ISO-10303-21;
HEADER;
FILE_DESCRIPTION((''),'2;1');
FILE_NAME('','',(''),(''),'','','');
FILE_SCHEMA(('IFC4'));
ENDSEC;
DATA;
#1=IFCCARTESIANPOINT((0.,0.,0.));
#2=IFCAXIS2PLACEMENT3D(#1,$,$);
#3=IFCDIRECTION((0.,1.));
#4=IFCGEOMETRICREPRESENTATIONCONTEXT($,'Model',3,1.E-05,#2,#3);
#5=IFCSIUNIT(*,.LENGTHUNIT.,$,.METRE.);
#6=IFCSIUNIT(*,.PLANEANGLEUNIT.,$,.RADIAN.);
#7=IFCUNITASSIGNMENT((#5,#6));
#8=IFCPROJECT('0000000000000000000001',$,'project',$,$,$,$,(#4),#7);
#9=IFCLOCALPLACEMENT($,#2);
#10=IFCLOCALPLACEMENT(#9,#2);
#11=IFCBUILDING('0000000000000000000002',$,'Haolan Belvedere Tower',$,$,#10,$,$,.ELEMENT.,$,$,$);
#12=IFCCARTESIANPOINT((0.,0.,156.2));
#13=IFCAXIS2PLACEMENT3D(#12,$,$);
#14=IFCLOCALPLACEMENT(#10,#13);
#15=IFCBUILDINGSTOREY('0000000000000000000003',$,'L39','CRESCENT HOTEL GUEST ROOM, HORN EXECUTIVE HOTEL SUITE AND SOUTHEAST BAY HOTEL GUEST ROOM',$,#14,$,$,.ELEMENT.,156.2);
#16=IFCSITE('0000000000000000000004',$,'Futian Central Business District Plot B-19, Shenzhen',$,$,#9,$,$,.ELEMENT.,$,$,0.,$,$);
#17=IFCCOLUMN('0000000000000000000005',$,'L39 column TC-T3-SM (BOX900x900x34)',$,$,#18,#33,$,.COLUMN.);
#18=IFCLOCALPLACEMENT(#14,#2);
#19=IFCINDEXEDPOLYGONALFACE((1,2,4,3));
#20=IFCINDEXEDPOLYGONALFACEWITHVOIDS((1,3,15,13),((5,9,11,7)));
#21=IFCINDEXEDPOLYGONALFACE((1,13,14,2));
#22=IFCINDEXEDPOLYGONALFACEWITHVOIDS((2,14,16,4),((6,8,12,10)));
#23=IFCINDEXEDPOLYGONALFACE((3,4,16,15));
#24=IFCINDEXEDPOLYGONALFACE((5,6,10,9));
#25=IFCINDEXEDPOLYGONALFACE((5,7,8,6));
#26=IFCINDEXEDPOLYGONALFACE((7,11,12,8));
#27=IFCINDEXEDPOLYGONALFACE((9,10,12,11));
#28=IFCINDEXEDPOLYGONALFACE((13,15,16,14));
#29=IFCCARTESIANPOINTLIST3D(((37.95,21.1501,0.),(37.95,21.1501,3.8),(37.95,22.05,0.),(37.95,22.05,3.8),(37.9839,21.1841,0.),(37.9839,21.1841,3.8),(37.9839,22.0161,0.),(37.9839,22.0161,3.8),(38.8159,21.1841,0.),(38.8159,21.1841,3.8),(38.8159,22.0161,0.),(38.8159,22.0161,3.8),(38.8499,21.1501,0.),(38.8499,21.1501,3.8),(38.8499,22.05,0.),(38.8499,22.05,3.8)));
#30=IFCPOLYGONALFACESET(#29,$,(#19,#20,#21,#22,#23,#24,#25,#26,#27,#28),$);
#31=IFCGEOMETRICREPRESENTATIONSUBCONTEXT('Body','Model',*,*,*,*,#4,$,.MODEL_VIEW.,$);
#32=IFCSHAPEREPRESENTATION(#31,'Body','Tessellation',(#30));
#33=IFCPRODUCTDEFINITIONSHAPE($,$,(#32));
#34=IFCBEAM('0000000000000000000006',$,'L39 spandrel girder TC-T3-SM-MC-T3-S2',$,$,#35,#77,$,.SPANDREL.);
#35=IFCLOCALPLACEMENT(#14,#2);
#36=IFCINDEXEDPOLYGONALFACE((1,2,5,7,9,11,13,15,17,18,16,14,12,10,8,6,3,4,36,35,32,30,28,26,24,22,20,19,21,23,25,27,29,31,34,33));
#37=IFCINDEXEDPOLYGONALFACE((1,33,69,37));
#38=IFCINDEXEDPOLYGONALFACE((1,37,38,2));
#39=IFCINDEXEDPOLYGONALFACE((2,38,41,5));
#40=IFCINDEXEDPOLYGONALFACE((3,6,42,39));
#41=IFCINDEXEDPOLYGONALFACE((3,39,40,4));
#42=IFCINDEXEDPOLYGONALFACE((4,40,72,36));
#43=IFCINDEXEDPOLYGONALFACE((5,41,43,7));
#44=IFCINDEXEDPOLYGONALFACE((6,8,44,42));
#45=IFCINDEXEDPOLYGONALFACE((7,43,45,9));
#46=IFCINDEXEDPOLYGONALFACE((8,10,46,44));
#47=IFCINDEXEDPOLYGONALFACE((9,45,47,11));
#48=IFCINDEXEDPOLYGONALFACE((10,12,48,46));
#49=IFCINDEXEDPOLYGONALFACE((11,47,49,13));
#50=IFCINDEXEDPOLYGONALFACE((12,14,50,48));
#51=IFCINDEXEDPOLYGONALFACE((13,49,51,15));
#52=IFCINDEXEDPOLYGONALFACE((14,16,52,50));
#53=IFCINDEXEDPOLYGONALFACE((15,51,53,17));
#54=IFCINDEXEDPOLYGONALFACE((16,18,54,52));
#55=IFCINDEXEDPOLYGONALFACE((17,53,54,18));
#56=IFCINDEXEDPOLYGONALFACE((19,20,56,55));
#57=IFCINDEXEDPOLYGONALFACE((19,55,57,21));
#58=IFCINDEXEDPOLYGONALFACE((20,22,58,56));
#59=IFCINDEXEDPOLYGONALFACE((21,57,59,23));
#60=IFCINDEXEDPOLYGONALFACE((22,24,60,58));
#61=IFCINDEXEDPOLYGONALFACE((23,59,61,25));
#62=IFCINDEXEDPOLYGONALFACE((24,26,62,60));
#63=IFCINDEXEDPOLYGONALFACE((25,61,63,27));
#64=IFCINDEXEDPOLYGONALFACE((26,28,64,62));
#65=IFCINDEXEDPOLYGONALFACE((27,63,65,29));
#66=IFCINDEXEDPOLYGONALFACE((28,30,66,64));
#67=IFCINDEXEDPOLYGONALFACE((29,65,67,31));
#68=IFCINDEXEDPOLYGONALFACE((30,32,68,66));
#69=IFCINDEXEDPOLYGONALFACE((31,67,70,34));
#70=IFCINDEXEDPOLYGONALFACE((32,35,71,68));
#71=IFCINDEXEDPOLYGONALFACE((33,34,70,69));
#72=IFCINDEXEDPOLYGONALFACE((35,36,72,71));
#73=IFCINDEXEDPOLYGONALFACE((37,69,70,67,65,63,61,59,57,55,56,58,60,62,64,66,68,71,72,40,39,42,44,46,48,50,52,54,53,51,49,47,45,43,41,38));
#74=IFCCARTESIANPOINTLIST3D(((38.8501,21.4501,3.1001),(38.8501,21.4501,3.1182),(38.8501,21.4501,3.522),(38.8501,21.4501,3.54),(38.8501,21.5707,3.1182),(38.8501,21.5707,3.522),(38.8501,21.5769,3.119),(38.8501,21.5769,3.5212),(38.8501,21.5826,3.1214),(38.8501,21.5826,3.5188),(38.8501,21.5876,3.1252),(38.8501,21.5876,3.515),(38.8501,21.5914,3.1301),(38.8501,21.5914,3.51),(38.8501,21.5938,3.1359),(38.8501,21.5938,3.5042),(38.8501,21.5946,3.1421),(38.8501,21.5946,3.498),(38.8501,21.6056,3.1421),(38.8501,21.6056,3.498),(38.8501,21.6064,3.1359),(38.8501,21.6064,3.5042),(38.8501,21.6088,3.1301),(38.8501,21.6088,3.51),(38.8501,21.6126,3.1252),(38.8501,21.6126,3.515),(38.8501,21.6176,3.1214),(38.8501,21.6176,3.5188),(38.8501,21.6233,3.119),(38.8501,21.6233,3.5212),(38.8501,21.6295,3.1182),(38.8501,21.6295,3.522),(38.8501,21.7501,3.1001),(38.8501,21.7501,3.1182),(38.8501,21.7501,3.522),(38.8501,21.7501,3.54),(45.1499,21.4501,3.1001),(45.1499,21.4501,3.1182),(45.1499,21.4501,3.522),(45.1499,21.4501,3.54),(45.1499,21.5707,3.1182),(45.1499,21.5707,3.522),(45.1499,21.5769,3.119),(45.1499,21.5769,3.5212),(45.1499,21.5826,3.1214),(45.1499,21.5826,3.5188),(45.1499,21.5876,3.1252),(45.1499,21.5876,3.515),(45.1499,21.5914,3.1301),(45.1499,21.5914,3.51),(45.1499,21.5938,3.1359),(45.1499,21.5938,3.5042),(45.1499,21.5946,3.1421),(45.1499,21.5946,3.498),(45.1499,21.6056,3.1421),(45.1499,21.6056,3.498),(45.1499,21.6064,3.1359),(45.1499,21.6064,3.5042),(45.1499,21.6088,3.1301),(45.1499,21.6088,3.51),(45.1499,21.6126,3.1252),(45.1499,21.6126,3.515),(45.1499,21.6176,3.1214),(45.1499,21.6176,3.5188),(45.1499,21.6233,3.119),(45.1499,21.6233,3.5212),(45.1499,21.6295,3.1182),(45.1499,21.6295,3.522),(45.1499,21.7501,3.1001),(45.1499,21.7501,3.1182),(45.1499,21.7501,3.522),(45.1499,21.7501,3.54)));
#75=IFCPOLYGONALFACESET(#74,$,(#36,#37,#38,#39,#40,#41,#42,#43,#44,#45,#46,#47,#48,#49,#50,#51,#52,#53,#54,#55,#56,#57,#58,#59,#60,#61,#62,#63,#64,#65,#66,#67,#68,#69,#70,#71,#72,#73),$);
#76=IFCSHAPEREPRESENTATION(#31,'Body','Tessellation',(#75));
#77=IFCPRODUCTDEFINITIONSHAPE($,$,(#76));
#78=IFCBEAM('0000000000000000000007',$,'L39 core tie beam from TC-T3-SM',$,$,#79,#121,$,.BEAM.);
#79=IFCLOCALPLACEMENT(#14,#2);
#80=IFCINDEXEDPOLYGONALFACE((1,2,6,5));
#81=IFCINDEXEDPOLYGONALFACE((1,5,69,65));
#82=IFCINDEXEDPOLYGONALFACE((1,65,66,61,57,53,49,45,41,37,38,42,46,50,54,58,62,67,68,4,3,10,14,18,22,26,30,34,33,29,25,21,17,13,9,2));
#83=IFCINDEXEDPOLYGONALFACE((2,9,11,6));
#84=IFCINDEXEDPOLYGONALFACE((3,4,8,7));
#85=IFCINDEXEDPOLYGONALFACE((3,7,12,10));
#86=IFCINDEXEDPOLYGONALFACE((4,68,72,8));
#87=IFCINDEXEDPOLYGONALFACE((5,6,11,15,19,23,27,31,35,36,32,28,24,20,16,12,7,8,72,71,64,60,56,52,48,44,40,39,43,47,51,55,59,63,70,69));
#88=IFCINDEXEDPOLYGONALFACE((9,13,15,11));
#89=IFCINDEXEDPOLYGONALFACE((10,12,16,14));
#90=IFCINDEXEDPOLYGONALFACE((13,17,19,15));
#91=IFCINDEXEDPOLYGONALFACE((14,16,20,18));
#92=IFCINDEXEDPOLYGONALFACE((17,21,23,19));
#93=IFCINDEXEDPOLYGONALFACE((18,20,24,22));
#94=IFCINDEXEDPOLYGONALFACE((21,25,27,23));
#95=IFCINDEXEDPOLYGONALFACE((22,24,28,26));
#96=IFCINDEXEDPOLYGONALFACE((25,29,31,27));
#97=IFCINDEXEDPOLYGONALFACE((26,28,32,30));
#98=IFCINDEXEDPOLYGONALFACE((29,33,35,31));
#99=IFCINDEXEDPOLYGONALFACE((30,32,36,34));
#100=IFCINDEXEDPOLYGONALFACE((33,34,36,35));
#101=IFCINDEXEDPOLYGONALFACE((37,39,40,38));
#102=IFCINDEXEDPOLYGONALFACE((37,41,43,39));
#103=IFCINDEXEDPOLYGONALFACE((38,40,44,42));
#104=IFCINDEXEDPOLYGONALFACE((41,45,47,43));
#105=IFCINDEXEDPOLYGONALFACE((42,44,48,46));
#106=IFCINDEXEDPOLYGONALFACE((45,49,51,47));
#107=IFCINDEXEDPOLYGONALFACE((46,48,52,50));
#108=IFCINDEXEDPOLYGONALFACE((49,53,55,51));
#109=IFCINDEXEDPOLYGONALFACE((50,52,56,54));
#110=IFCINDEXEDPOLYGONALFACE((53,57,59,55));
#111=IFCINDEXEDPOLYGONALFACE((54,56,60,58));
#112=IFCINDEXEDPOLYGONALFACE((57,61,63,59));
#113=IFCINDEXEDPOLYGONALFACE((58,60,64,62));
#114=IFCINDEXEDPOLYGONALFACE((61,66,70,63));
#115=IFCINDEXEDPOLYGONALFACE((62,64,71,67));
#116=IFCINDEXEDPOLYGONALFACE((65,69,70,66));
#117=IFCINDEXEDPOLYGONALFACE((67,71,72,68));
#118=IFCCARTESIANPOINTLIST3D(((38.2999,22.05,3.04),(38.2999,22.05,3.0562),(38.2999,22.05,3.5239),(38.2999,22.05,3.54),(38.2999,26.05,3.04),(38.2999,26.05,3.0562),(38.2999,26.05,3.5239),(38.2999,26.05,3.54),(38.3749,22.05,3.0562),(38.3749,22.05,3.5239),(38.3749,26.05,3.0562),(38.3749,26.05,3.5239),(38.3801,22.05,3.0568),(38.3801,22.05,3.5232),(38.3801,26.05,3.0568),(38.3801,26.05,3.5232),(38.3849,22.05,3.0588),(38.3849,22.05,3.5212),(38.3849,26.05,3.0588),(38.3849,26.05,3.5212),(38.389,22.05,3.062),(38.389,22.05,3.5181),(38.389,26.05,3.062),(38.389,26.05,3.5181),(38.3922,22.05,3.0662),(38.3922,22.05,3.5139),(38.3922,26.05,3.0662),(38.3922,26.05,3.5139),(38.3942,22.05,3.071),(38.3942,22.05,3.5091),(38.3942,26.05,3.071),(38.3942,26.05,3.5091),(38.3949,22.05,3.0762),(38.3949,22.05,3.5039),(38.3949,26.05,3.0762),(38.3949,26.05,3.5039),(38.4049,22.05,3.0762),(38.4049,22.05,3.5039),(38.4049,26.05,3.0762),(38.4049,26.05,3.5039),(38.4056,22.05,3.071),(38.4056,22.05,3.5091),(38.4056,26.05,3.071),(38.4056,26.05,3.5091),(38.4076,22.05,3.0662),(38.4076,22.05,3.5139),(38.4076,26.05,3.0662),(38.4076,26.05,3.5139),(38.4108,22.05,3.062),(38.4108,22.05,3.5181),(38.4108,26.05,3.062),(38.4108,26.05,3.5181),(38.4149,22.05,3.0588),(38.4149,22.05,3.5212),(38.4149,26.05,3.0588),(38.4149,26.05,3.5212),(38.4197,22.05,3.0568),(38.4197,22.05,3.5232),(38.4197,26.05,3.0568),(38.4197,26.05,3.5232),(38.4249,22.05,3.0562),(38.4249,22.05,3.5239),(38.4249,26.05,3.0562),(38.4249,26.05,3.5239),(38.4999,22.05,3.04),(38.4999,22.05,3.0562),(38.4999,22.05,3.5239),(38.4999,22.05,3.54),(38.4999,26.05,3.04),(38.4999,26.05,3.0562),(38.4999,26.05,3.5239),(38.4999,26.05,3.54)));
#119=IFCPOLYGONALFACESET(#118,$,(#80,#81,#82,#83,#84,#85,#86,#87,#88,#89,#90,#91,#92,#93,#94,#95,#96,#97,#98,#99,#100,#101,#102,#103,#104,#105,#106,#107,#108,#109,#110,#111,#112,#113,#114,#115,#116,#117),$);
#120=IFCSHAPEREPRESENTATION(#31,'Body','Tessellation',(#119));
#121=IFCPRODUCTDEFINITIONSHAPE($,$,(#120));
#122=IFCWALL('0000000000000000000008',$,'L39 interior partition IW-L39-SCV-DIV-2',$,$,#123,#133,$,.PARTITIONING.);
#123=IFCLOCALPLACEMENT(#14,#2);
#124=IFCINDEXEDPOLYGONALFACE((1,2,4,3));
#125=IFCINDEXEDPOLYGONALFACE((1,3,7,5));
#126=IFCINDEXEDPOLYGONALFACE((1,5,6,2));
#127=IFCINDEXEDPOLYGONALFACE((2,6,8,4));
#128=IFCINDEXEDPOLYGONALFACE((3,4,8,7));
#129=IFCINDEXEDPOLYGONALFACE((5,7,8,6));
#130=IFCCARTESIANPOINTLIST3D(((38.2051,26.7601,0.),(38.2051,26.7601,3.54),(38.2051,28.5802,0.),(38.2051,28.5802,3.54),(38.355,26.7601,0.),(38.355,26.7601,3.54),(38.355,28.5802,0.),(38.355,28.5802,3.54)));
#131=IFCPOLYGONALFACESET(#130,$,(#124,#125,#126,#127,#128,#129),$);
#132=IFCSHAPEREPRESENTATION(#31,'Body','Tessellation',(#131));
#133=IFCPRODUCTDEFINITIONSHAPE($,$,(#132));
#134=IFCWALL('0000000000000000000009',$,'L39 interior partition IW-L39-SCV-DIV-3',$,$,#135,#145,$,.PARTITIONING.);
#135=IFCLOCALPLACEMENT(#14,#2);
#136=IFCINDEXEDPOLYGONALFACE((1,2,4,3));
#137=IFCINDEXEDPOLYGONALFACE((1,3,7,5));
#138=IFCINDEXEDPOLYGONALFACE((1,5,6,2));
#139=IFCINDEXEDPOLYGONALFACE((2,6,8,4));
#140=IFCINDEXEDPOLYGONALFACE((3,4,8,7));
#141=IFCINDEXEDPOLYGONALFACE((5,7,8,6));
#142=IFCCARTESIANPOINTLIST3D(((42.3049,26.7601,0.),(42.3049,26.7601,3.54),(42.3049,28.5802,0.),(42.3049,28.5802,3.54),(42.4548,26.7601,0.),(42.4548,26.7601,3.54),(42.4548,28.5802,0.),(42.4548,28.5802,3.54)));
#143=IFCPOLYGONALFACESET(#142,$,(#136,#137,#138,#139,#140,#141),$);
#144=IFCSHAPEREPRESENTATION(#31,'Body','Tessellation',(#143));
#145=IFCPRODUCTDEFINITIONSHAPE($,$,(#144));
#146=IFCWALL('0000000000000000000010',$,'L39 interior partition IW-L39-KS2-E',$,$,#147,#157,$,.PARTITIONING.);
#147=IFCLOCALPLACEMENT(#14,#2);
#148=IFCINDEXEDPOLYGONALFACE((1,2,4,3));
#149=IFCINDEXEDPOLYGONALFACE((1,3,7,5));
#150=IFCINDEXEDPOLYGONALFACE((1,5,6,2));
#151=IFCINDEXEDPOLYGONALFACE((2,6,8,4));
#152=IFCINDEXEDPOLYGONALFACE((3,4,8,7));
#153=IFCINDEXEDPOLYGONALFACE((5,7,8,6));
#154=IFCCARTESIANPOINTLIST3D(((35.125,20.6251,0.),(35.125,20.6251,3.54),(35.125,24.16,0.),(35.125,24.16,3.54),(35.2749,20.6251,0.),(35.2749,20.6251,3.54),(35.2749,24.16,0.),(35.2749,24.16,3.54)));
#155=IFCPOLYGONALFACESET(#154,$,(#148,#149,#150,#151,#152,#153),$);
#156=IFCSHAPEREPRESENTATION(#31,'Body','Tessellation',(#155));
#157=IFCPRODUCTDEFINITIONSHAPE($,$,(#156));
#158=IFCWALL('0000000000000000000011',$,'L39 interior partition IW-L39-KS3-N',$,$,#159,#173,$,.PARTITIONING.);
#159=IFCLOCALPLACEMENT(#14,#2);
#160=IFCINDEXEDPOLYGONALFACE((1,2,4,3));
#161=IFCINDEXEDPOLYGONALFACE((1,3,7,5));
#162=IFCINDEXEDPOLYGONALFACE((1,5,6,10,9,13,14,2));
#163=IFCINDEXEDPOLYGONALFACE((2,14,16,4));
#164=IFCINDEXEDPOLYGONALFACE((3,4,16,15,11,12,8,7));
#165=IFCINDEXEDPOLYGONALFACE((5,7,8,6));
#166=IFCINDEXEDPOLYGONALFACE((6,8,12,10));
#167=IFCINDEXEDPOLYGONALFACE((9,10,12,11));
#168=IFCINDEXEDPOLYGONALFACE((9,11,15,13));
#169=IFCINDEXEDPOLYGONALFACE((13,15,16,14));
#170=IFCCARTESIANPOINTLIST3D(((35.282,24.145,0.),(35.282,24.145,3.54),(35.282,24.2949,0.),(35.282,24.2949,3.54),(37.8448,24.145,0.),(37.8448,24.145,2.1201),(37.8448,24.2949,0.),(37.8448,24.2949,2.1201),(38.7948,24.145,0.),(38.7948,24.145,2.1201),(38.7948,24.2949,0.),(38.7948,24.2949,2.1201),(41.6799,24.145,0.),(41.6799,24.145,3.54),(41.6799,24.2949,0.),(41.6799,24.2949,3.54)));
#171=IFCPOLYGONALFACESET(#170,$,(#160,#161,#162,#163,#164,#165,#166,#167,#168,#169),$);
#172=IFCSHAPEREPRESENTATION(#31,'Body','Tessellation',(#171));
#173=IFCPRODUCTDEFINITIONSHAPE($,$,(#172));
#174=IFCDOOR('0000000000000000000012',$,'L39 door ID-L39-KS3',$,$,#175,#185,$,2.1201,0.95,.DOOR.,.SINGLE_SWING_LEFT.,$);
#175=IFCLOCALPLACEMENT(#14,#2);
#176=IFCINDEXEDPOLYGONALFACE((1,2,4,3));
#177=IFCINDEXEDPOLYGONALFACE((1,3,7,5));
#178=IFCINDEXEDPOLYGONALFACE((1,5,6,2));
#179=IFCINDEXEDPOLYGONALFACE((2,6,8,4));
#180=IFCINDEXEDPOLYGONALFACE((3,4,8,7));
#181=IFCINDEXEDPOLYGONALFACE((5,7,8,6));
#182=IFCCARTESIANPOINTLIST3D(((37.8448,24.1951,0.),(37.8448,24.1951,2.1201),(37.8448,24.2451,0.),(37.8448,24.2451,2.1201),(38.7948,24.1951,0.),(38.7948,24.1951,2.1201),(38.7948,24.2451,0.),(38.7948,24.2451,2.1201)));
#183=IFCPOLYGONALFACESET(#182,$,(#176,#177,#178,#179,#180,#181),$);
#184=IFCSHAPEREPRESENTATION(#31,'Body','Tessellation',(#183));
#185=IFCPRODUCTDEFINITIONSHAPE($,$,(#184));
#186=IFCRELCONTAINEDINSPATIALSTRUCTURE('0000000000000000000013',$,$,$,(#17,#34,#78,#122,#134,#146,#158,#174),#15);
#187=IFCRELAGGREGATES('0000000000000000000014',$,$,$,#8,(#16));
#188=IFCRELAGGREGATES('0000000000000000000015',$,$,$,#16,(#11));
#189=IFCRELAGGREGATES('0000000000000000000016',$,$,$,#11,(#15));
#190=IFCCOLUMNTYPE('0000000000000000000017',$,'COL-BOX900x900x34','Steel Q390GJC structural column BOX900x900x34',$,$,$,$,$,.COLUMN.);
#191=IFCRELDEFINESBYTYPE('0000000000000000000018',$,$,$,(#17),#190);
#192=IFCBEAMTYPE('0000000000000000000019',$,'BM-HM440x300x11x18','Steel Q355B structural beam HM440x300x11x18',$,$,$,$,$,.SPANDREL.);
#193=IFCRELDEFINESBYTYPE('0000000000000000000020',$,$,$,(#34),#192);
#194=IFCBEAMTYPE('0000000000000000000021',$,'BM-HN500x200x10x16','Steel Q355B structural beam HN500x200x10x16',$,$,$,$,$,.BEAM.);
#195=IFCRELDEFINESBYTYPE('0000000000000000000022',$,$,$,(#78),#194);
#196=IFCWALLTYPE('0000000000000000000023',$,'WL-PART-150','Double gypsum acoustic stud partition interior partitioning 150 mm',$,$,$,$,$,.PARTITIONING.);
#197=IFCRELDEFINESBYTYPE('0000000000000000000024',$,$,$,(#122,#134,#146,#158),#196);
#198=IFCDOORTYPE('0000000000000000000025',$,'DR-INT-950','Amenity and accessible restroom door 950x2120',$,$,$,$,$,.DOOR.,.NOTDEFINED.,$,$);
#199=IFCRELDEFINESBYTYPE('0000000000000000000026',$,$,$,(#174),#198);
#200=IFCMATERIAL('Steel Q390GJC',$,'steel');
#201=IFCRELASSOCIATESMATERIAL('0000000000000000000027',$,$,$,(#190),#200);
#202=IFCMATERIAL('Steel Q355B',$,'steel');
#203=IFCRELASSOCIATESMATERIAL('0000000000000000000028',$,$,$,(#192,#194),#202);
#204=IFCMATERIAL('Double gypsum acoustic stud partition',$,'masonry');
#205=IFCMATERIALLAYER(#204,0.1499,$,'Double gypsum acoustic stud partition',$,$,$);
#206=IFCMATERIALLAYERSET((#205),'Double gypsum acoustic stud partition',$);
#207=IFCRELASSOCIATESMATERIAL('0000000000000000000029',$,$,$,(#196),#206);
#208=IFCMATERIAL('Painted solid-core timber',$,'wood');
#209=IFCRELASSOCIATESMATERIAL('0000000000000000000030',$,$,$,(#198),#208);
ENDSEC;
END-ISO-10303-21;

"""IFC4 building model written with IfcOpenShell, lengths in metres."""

from ifc_helpers import new_model, si_unit, direction, frame, frame_2d, origin, origin_2d, place, context, subcontext, project, spatial, rectangle, hollow_rectangle, i_section, extrude, material, layer, layer_set, material_profile, profile_set, type_object, element, fill, save


model = new_model("IFC4")

# Units and contexts
model_context = context("Model", 3, precision=1e-05, world=origin(), true_north=direction((0.0, 1.0)))
body_context = subcontext(model_context, "Body", "Model", "MODEL_VIEW")
ifc_project = project(units=[si_unit("LENGTHUNIT", "METRE"), si_unit("PLANEANGLEUNIT", "RADIAN")], contexts=[model_context])

# Site, building, storey
site_placement = place(None, origin())
site = spatial("IfcSite", under=ifc_project, at=site_placement, Name="Futian Central Business District Plot B-19, Shenzhen", CompositionType="ELEMENT", RefElevation=0.0)
building_placement = place(site_placement, origin())
building = spatial("IfcBuilding", under=site, at=building_placement, Name="Haolan Belvedere Tower", CompositionType="ELEMENT")
storey_placement = place(building_placement, frame((0.0, 0.0, 156.2)))
storey = spatial("IfcBuildingStorey", under=building, at=storey_placement, Name="L39", Description="CRESCENT HOTEL GUEST ROOM, HORN EXECUTIVE HOTEL SUITE AND SOUTHEAST BAY HOTEL GUEST ROOM", CompositionType="ELEMENT", Elevation=156.2)

# Column
ifc_material_1 = material(Name="Steel Q390GJC", Category="steel")
ifc_material_profile_1 = material_profile(ifc_material_1, hollow_rectangle(XDim=0.8999, YDim=0.8999, WallThickness=0.0339, at=origin_2d()), Name="Steel Q390GJC")
ifc_profile_set_1 = profile_set([ifc_material_profile_1], Name="Steel Q390GJC")
column_type = type_object("IfcColumnType", Name="COL-BOX900x900x34", Description="Steel Q390GJC structural column BOX900x900x34", PredefinedType="COLUMN", material=ifc_profile_set_1)
column_placement = place(storey_placement, frame((38.3999, 21.6001, 0.0), z_axis=(0.0, 0.0, 1.0), x_axis=(1.0, 0.0, 0.0)))
element("IfcColumn", 1, at=column_placement, inside=storey, type_object=column_type, Name="L39 column TC-T3-SM (BOX900x900x34)", PredefinedType="COLUMN", context=body_context, shape_type="SweptSolid", body=[
    extrude(hollow_rectangle(XDim=0.8999, YDim=0.8999, WallThickness=0.0339, at=origin_2d()), origin(), (0.0, 0.0, 1.0), 3.8),
])

# Beams
ifc_material_2 = material(Name="Steel Q355B", Category="steel")
ifc_material_profile_2 = material_profile(ifc_material_2, i_section(OverallWidth=0.3, OverallDepth=0.4399, WebThickness=0.011, FlangeThickness=0.0181, FilletRadius=0.0239, at=origin_2d()), Name="Steel Q355B")
ifc_profile_set_2 = profile_set([ifc_material_profile_2], Name="Steel Q355B")
beam_type_1 = type_object("IfcBeamType", Name="BM-HM440x300x11x18", Description="Steel Q355B structural beam HM440x300x11x18", PredefinedType="SPANDREL", material=ifc_profile_set_2)
beam_1_placement = place(storey_placement, frame((38.8501, 21.6001, 3.3201), z_axis=(1.0, 0.0, 0.0), x_axis=(0.0, 1.0, 0.0)))
element("IfcBeam", 2, at=beam_1_placement, inside=storey, type_object=beam_type_1, Name="L39 spandrel girder TC-T3-SM-MC-T3-S2", PredefinedType="SPANDREL", context=body_context, shape_type="SweptSolid", body=[
    extrude(i_section(OverallWidth=0.3, OverallDepth=0.4399, WebThickness=0.011, FlangeThickness=0.0181, FilletRadius=0.0239, at=origin_2d()), origin(), (0.0, 0.0, 1.0), 6.2998),
])
ifc_material_profile_3 = material_profile(ifc_material_2, i_section(OverallWidth=0.2, OverallDepth=0.5, WebThickness=0.01, FlangeThickness=0.0161, FilletRadius=0.02, at=origin_2d()), Name="Steel Q355B")
ifc_profile_set_3 = profile_set([ifc_material_profile_3], Name="Steel Q355B")
beam_type_2 = type_object("IfcBeamType", Name="BM-HN500x200x10x16", Description="Steel Q355B structural beam HN500x200x10x16", PredefinedType="BEAM", material=ifc_profile_set_3)
beam_2_placement = place(storey_placement, frame((38.3999, 22.05, 3.29), z_axis=(0.0, 1.0, 0.0), x_axis=(-1.0, 0.0, 0.0)))
element("IfcBeam", 3, at=beam_2_placement, inside=storey, type_object=beam_type_2, Name="L39 core tie beam from TC-T3-SM", PredefinedType="BEAM", context=body_context, shape_type="SweptSolid", body=[
    extrude(i_section(OverallWidth=0.2, OverallDepth=0.5, WebThickness=0.01, FlangeThickness=0.0161, FilletRadius=0.02, at=origin_2d()), origin(), (0.0, 0.0, 1.0), 4.0),
])

# Walls
ifc_material_3 = material(Name="Double gypsum acoustic stud partition", Category="masonry")
ifc_layer_1 = layer(ifc_material_3, 0.1499, Name="Double gypsum acoustic stud partition")
ifc_layer_set_1 = layer_set([ifc_layer_1], Name="Double gypsum acoustic stud partition")
wall_type_1 = type_object("IfcWallType", Name="WL-PART-150", Description="Double gypsum acoustic stud partition interior partitioning 150 mm", PredefinedType="PARTITIONING", material=ifc_layer_set_1)
for number, where, z_axis, x_axis, name in (
    (4, (38.28, 26.76, 0.0), (0.0, 0.0, 1.0), (0.0, 1.0, 0.0), "L39 interior partition IW-L39-SCV-DIV-2"),
    (5, (42.3799, 26.76, 0.0), (0.0, 0.0, 1.0), (0.0, 1.0, 0.0), "L39 interior partition IW-L39-SCV-DIV-3"),
):
    element("IfcWall", number, at=place(storey_placement, frame(where, z_axis=z_axis, x_axis=x_axis)), inside=storey, type_object=wall_type_1, Name=name, PredefinedType="PARTITIONING", context=body_context, shape_type="SweptSolid", body=[
        extrude(rectangle(XDim=1.8201, YDim=0.1499, at=frame_2d((0.9102, 0.0))), origin(), (0.0, 0.0, 1.0), 3.54),
    ])
wall_1_placement = place(storey_placement, frame((35.2, 20.625, 0.0), z_axis=(0.0, 0.0, 1.0), x_axis=(0.0, 1.0, 0.0)))
element("IfcWall", 6, at=wall_1_placement, inside=storey, type_object=wall_type_1, Name="L39 interior partition IW-L39-KS2-E", PredefinedType="PARTITIONING", context=body_context, shape_type="SweptSolid", body=[
    extrude(rectangle(XDim=3.5349, YDim=0.1499, at=frame_2d((1.7676, 0.0))), origin(), (0.0, 0.0, 1.0), 3.54),
])

# Wall, opening, door
wall_2_placement = place(storey_placement, frame((35.282, 24.22, 0.0), z_axis=(0.0, 0.0, 1.0), x_axis=(1.0, 0.0, 0.0)))
wall_2 = element("IfcWall", 7, at=wall_2_placement, inside=storey, type_object=wall_type_1, Name="L39 interior partition IW-L39-KS3-N", PredefinedType="PARTITIONING", context=body_context, shape_type="SweptSolid", body=[
    extrude(rectangle(XDim=6.3979, YDim=0.1499, at=frame_2d((3.199, 0.0))), origin(), (0.0, 0.0, 1.0), 3.54),
])
opening_1_placement = place(wall_2_placement, frame((3.5129, 0.0, 0.0), z_axis=(0.0, 0.0, 1.0), x_axis=(-1.0, 0.0, 0.0)))
opening_1 = element("IfcOpeningElement", 8, at=opening_1_placement, cuts=wall_2, PredefinedType="OPENING", context=body_context, shape_type="SweptSolid", body=[
    extrude(rectangle(XDim=0.95, YDim=2.1201, at=frame_2d((0.4751, 1.0601))), frame((0.0, 0.085, 0.0), z_axis=(0.0, -1.0, 0.0), x_axis=(1.0, 0.0, 0.0)), (0.0, 0.0, 1.0), 0.1699),
])
ifc_material_4 = material(Name="Painted solid-core timber", Category="wood")
door_type = type_object("IfcDoorType", Name="DR-INT-950", Description="Amenity and accessible restroom door 950x2120", OperationType="NOTDEFINED", PredefinedType="DOOR", material=ifc_material_4)
door_1_placement = place(opening_1_placement, origin())
door_1 = element("IfcDoor", 9, at=door_1_placement, inside=storey, type_object=door_type, Name="L39 door ID-L39-KS3", OperationType="SINGLE_SWING_LEFT", OverallHeight=2.1201, OverallWidth=0.95, PredefinedType="DOOR", context=body_context, shape_type="SweptSolid", body=[
    extrude(rectangle(XDim=0.95, YDim=2.1201, at=frame_2d((0.4751, 1.0601))), frame((0.0, 0.0249, 0.0), z_axis=(0.0, -1.0, 0.0), x_axis=(1.0, 0.0, 0.0)), (0.0, 0.0, 1.0), 0.05),
])
fill(opening_1, door_1)

save(model, "model.ifc")
